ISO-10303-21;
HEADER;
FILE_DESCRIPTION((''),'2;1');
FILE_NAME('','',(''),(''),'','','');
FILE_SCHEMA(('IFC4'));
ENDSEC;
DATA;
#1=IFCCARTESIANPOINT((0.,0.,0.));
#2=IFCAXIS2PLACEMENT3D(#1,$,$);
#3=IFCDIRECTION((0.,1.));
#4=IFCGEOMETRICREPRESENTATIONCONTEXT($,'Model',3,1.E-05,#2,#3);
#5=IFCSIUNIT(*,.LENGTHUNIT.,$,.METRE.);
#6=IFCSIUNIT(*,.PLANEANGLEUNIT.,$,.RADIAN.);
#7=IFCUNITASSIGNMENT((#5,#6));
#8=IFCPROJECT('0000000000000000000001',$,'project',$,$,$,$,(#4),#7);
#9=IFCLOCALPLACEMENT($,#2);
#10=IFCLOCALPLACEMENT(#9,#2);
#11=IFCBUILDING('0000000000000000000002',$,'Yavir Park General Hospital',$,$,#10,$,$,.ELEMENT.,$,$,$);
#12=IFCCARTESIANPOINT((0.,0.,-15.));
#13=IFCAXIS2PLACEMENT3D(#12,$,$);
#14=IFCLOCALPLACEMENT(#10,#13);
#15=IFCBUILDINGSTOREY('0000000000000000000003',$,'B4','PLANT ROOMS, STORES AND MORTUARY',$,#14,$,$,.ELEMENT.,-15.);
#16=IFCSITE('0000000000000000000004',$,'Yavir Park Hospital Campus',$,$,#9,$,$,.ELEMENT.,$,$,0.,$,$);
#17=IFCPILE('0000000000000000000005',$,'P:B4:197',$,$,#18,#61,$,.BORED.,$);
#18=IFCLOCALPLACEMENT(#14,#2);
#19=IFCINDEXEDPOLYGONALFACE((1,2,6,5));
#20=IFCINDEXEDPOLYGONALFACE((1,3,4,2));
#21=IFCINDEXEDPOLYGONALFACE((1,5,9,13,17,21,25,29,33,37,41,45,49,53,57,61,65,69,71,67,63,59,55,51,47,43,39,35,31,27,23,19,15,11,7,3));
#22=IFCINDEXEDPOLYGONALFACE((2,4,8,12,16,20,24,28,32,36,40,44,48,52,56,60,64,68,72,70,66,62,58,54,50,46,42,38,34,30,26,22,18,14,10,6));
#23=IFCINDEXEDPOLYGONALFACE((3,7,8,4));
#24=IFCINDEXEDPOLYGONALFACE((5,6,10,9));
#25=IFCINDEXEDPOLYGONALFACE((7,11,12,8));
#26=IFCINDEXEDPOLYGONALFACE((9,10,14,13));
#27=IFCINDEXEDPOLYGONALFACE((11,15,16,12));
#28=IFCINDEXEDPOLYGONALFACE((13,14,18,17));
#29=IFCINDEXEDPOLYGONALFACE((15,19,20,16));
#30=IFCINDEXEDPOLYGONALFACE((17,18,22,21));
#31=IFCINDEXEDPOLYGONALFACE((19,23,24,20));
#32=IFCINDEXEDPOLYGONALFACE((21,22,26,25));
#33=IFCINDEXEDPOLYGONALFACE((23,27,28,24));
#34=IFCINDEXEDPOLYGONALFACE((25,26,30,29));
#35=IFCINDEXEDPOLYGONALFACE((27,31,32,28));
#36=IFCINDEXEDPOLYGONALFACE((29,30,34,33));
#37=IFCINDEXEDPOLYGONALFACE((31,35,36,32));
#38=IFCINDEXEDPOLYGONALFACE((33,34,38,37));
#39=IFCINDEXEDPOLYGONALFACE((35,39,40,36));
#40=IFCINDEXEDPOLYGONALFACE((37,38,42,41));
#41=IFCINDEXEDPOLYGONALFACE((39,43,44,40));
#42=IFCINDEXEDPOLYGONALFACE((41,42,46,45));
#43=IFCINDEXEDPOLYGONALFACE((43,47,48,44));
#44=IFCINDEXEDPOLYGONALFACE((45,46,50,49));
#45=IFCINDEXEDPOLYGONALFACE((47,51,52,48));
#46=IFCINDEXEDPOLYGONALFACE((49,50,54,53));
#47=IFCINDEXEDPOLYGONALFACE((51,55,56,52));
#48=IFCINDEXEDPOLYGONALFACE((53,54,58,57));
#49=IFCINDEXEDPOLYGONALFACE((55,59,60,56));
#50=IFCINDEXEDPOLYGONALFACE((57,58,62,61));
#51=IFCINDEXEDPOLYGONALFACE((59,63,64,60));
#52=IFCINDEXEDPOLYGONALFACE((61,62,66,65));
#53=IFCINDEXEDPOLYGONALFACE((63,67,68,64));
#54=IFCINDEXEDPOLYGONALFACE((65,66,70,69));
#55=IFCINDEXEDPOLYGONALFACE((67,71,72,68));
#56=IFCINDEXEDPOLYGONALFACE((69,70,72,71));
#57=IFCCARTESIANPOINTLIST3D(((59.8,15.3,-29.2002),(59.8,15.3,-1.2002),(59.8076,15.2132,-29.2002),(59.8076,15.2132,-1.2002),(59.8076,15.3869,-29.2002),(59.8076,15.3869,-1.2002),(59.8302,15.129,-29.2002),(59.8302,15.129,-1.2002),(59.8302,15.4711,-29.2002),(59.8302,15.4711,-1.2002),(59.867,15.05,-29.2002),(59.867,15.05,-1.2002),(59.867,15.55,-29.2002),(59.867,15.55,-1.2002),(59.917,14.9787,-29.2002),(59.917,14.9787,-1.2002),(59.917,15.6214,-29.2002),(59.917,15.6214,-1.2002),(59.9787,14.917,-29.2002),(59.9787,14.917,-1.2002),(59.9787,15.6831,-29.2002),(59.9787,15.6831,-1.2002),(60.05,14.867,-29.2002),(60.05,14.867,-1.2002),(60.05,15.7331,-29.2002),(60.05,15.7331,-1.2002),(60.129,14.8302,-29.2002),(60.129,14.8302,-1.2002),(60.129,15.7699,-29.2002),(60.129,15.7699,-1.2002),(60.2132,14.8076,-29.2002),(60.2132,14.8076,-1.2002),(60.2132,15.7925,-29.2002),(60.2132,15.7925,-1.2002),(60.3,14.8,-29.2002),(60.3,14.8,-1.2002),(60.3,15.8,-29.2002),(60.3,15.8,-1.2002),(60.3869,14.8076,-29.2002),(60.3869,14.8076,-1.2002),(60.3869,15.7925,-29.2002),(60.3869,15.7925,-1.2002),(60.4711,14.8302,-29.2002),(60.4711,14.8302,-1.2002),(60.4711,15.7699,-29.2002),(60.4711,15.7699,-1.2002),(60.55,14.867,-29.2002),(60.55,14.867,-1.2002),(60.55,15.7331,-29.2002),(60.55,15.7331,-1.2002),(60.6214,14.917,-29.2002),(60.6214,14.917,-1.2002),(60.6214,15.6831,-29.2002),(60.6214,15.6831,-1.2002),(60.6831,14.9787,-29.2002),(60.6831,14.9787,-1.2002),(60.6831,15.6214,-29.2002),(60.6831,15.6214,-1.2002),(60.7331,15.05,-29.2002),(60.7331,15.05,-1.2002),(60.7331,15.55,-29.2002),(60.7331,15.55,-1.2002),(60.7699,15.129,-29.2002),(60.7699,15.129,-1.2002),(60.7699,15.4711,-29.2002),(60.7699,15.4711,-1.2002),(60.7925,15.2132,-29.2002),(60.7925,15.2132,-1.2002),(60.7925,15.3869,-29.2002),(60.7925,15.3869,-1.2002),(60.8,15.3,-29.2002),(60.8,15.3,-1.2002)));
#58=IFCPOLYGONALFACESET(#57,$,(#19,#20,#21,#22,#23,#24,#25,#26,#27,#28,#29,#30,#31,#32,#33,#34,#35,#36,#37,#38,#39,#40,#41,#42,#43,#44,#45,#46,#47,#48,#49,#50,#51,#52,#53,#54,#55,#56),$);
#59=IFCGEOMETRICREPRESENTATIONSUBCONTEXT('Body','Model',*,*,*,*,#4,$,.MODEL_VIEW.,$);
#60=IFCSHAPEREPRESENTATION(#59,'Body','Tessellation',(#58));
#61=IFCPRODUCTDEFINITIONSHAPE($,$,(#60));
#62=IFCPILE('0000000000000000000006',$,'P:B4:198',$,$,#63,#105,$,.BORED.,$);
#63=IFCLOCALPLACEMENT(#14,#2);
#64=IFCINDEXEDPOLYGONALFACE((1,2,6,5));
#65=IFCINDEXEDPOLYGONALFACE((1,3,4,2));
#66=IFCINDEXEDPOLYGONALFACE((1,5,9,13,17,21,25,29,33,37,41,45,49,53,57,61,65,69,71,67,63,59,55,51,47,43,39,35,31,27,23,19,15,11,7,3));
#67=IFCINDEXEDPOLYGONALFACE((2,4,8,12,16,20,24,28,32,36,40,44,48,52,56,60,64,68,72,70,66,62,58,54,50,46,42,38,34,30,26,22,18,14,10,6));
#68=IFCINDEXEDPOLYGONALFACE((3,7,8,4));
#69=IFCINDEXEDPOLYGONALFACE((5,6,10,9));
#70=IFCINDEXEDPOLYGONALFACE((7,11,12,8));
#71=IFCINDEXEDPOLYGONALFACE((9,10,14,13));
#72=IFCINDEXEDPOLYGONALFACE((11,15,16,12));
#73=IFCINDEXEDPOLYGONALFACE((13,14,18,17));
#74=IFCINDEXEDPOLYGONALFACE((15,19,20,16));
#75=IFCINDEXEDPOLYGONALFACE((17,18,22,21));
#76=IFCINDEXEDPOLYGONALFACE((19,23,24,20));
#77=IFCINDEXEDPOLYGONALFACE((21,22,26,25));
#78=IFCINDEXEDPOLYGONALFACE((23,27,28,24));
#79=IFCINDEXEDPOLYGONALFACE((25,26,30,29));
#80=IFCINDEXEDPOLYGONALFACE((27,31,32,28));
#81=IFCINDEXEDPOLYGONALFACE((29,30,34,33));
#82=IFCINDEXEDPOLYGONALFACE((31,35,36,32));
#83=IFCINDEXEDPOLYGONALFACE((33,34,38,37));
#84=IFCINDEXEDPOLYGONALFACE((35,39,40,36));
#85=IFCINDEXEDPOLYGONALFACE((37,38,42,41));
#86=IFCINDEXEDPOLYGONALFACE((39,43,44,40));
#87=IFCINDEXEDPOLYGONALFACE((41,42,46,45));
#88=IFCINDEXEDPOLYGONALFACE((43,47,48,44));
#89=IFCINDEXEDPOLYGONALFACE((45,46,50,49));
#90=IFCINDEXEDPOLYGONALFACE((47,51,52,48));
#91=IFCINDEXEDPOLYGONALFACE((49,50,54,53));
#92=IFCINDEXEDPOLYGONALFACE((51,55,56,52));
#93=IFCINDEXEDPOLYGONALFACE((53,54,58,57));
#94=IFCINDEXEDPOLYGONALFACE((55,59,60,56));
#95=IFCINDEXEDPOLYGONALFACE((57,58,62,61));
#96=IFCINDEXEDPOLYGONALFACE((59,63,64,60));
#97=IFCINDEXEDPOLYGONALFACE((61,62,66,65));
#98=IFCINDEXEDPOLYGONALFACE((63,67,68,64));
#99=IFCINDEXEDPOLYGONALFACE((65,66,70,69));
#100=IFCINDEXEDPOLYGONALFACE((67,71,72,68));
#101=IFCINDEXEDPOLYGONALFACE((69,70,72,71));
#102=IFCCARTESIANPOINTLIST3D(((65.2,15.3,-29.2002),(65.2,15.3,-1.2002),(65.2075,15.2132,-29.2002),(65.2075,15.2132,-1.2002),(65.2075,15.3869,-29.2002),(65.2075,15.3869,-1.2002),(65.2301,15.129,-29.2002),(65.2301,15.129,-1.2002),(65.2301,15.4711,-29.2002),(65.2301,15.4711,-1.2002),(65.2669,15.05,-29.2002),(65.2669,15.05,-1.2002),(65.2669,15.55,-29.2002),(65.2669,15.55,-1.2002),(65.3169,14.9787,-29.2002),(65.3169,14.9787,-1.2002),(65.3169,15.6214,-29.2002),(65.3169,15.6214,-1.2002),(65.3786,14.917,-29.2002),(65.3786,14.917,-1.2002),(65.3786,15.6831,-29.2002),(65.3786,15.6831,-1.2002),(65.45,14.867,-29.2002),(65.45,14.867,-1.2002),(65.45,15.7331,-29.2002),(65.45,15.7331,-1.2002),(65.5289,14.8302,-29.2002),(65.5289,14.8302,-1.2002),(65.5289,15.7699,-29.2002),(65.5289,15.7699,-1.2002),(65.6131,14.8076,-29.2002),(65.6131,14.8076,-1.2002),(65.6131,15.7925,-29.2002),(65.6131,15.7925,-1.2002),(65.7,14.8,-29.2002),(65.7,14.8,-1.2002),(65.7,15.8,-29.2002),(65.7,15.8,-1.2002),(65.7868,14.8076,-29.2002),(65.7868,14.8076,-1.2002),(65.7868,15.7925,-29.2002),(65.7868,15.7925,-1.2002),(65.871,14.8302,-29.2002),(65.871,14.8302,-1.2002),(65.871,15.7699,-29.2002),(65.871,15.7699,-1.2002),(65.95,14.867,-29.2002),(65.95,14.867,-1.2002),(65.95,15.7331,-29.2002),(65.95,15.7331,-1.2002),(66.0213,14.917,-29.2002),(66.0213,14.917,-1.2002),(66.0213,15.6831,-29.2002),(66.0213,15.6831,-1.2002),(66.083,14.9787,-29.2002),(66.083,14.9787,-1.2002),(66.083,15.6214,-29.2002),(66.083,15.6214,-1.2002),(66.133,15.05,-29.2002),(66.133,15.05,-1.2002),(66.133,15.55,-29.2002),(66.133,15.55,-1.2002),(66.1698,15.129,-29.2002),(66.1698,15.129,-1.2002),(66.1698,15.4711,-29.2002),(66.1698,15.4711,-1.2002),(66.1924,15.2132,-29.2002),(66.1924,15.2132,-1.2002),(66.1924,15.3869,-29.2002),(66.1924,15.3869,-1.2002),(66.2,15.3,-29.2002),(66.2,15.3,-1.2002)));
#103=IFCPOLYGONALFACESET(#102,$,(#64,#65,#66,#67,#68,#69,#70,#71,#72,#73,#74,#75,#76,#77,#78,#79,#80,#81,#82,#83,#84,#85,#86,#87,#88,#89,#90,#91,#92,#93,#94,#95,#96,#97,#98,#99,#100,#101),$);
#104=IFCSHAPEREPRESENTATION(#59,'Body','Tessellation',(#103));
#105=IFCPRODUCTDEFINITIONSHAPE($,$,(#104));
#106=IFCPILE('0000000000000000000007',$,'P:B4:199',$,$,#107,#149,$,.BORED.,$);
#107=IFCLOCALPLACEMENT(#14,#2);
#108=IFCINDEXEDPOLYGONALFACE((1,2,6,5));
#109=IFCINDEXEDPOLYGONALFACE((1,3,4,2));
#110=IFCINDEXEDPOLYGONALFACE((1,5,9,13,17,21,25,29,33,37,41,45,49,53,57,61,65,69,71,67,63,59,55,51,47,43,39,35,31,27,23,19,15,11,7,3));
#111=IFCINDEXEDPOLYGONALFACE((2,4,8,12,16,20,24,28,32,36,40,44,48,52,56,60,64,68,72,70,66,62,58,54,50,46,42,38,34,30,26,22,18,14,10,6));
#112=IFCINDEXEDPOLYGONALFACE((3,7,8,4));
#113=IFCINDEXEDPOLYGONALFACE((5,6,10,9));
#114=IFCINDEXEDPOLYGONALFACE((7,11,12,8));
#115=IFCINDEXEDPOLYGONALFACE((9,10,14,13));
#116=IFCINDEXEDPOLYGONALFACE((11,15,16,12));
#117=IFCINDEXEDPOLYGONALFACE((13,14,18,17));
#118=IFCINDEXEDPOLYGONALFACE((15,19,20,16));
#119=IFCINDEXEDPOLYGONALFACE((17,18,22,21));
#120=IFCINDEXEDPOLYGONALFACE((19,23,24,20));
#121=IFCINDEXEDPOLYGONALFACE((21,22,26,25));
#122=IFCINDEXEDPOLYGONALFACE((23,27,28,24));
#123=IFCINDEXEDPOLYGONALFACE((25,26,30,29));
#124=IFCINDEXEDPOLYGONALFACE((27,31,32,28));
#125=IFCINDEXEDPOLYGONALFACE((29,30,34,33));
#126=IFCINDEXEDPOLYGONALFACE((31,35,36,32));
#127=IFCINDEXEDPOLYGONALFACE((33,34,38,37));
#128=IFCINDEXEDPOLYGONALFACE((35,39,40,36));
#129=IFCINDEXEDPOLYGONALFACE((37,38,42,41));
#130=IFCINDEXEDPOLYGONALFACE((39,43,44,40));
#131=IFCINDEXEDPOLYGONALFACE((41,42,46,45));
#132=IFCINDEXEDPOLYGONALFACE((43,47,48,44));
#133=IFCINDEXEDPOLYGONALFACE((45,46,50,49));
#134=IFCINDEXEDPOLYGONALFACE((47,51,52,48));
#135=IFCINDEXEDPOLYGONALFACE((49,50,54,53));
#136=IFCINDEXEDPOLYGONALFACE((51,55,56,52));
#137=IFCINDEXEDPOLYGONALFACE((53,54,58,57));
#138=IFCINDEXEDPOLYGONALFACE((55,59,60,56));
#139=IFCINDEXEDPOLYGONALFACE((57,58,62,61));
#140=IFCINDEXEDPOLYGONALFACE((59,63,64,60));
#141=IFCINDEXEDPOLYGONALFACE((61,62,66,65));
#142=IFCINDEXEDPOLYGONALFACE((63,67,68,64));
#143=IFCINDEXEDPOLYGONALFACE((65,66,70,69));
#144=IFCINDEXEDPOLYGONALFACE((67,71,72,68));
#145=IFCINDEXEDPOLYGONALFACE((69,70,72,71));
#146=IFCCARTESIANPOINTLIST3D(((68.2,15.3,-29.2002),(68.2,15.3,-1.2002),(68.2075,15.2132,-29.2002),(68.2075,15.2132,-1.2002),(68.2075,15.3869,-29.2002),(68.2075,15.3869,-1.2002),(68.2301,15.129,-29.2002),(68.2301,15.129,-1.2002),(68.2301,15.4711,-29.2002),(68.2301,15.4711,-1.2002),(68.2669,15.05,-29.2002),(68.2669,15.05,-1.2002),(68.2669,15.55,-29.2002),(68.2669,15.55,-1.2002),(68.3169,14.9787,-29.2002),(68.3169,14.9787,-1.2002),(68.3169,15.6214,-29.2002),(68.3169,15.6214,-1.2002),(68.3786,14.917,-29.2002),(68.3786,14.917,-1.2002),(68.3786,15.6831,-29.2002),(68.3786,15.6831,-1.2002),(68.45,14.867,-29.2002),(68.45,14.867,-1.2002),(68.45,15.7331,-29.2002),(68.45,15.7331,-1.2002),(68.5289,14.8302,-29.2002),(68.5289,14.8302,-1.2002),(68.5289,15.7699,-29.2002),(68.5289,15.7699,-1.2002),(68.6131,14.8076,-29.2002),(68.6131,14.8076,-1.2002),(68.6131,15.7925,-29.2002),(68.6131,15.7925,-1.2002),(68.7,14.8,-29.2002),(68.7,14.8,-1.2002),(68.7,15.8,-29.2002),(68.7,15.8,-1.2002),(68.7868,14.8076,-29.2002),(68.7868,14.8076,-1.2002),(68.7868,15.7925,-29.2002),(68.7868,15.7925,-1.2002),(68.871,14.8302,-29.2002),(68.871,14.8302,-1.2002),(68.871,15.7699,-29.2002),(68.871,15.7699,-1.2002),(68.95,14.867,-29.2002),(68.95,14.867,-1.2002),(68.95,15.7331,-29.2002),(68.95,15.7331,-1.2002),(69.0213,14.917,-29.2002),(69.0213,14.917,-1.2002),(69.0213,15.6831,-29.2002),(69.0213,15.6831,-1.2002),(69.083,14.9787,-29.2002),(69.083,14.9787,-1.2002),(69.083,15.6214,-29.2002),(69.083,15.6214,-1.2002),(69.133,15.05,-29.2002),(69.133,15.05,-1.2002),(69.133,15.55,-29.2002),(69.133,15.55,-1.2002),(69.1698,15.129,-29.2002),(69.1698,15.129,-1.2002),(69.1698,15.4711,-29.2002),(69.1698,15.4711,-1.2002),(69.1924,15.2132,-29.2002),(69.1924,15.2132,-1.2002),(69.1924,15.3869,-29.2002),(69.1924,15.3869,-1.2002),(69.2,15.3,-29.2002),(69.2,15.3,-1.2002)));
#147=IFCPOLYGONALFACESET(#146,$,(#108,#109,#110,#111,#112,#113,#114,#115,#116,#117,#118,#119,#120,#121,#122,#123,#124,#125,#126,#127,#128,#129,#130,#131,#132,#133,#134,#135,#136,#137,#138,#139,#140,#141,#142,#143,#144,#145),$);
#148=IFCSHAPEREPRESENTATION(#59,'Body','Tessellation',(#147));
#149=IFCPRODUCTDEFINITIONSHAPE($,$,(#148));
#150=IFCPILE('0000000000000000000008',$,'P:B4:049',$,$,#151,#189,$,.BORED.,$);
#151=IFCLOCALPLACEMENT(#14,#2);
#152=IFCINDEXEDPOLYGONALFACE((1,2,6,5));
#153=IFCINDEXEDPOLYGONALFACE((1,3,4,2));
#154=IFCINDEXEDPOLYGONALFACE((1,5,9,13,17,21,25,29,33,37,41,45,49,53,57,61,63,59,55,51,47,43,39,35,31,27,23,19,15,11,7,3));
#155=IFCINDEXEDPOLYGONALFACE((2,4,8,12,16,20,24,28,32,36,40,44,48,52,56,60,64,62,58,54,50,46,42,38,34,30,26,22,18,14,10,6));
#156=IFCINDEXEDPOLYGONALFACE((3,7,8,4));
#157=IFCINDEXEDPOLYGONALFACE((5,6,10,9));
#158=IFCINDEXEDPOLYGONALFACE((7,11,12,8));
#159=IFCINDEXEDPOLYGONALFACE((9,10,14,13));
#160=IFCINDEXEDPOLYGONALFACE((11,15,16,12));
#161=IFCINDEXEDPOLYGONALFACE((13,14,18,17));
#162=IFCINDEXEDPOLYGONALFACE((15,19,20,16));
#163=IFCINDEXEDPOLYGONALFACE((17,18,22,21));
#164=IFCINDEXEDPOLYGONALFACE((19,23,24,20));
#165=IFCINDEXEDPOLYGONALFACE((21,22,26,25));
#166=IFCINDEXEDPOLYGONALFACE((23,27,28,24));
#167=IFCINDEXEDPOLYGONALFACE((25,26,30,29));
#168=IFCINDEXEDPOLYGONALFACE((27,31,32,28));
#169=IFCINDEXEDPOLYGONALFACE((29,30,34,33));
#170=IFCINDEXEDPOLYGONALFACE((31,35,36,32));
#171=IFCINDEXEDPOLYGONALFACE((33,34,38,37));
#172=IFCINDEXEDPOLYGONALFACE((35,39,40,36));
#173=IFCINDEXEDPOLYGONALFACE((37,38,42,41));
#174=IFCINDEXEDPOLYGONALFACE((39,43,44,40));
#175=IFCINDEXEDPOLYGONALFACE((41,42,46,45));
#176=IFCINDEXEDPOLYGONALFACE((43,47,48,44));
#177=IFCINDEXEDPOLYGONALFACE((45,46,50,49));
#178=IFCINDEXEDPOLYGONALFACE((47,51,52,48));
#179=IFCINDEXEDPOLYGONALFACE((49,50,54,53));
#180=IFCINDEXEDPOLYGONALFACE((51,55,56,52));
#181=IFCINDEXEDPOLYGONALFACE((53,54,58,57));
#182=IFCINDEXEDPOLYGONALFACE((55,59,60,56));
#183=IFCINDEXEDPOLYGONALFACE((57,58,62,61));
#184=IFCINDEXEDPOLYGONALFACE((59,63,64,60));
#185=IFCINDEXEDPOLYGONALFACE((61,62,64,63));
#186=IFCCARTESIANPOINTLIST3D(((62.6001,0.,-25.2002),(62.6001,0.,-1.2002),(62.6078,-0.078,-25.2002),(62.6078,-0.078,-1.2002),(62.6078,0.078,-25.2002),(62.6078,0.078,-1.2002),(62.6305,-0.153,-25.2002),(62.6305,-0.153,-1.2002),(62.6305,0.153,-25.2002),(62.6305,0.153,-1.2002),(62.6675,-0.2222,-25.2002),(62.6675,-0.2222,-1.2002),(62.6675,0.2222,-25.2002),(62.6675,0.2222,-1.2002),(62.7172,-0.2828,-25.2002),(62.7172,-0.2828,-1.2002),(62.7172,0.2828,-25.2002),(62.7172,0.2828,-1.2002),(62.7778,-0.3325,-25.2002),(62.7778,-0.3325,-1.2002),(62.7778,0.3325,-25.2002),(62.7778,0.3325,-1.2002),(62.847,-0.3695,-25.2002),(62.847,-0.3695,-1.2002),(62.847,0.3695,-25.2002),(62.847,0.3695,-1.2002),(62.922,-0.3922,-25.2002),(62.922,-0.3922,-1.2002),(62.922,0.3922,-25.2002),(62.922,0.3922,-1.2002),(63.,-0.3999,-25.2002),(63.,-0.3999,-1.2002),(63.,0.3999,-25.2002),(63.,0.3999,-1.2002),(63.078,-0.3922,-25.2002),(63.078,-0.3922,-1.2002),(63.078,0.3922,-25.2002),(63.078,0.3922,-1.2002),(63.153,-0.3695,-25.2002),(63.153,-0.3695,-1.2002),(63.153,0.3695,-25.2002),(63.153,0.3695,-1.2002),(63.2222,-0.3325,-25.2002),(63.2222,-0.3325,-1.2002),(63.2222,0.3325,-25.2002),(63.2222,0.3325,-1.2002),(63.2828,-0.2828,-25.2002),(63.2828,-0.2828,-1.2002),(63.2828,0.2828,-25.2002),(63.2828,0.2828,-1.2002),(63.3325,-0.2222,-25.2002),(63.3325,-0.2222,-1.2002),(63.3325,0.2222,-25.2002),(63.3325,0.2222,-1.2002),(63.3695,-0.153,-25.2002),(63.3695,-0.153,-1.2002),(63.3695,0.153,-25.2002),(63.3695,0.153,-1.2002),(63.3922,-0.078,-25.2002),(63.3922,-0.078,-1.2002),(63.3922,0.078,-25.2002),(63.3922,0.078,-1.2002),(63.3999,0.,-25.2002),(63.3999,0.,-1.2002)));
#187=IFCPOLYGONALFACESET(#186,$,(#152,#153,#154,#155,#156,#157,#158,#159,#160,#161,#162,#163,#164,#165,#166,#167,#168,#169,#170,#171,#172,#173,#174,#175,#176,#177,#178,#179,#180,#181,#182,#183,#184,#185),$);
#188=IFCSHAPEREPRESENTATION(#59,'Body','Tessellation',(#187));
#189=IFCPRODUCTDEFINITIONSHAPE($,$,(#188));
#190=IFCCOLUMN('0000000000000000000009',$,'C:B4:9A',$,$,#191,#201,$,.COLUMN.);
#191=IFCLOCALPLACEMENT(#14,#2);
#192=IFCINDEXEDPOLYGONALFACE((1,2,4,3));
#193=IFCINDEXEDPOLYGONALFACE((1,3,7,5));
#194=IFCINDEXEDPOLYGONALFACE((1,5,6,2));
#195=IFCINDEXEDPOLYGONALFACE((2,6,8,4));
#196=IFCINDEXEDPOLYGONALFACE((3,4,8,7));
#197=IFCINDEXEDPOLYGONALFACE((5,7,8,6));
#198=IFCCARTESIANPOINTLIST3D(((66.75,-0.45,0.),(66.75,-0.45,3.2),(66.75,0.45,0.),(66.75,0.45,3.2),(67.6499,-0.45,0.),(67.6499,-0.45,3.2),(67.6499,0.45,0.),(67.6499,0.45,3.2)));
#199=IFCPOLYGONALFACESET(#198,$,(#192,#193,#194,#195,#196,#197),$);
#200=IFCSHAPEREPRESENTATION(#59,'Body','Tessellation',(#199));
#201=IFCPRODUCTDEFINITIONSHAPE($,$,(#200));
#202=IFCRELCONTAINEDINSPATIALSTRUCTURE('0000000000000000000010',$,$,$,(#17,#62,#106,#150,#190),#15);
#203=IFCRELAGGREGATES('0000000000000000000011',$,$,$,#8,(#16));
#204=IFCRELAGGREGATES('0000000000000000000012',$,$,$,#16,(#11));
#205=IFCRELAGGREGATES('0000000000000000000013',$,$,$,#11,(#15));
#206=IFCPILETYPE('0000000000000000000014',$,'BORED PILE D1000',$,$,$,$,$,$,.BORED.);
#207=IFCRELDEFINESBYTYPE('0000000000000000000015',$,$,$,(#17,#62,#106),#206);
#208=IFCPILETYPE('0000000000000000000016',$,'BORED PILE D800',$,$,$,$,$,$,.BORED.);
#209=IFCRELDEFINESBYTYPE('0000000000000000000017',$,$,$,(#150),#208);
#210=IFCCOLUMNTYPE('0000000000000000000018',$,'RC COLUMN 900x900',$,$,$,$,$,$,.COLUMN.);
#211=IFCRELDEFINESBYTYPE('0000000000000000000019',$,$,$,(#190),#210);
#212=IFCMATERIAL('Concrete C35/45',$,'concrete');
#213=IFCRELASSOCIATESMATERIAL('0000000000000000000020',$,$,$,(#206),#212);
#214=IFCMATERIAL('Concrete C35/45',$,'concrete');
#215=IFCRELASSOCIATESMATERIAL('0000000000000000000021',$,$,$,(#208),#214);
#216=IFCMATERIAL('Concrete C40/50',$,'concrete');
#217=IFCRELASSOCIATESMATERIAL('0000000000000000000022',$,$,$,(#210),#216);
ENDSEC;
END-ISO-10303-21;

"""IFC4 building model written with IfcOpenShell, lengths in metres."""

from ifc_helpers import new_model, si_unit, direction, frame, origin, origin_2d, place, context, subcontext, project, spatial, rectangle, circle, extrude, material, material_profile, profile_set, type_object, element, save


model = new_model("IFC4")

# Units and contexts
model_context = context("Model", 3, precision=1e-05, world=origin(), true_north=direction((0.0, 1.0)))
body_context = subcontext(model_context, "Body", "Model", "MODEL_VIEW")
ifc_project = project(units=[si_unit("LENGTHUNIT", "METRE"), si_unit("PLANEANGLEUNIT", "RADIAN")], contexts=[model_context])

# Site, building, storey
site_placement = place(None, origin())
site = spatial("IfcSite", under=ifc_project, at=site_placement, Name="Yavir Park Hospital Campus", CompositionType="ELEMENT", RefElevation=0.0)
building_placement = place(site_placement, origin())
building = spatial("IfcBuilding", under=site, at=building_placement, Name="Yavir Park General Hospital", CompositionType="ELEMENT")
storey_placement = place(building_placement, frame((0.0, 0.0, -15.0)))
storey = spatial("IfcBuildingStorey", under=building, at=storey_placement, Name="B4", Description="PLANT ROOMS, STORES AND MORTUARY", CompositionType="ELEMENT", Elevation=-15.0)

# Piles
ifc_material_1 = material(Name="Concrete C35/45", Category="concrete")
ifc_material_profile_1 = material_profile(ifc_material_1, circle(Radius=0.5, at=origin_2d()), Name="D1000")
ifc_profile_set_1 = profile_set([ifc_material_profile_1], Name="Concrete C35/45")
pile_type_1 = type_object("IfcPileType", Name="BORED PILE D1000", PredefinedType="BORED", material=ifc_profile_set_1)
for number, where, z_axis, x_axis, name in (
    (1, (60.3, 15.3, -1.2002), (0.0, 0.0, -1.0), (1.0, 0.0, 0.0), "P:B4:197"),
    (2, (65.7, 15.3, -1.2002), (0.0, 0.0, -1.0), (1.0, 0.0, 0.0), "P:B4:198"),
    (3, (68.7, 15.3, -1.2002), (0.0, 0.0, -1.0), (1.0, 0.0, 0.0), "P:B4:199"),
):
    element("IfcPile", number, at=place(storey_placement, frame(where, z_axis=z_axis, x_axis=x_axis)), inside=storey, type_object=pile_type_1, Name=name, PredefinedType="BORED", context=body_context, shape_type="SweptSolid", body=[
        extrude(circle(Radius=0.5, at=origin_2d()), origin(), (0.0, 0.0, 1.0), 28.0),
    ])
ifc_material_2 = material(Name="Concrete C35/45", Category="concrete")
ifc_material_profile_2 = material_profile(ifc_material_2, circle(Radius=0.3999, at=origin_2d()), Name="D800")
ifc_profile_set_2 = profile_set([ifc_material_profile_2], Name="Concrete C35/45")
pile_type_2 = type_object("IfcPileType", Name="BORED PILE D800", PredefinedType="BORED", material=ifc_profile_set_2)
pile_placement = place(storey_placement, frame((63.0, 0.0, -1.2002), z_axis=(0.0, 0.0, -1.0), x_axis=(1.0, 0.0, 0.0)))
element("IfcPile", 4, at=pile_placement, inside=storey, type_object=pile_type_2, Name="P:B4:049", PredefinedType="BORED", context=body_context, shape_type="SweptSolid", body=[
    extrude(circle(Radius=0.3999, at=origin_2d()), origin(), (0.0, 0.0, 1.0), 24.0),
])

# Column
ifc_material_3 = material(Name="Concrete C40/50", Category="concrete")
ifc_material_profile_3 = material_profile(ifc_material_3, rectangle(XDim=0.8999, YDim=0.8999, at=origin_2d()), Name="RC900x900")
ifc_profile_set_3 = profile_set([ifc_material_profile_3], Name="Concrete C40/50")
column_type = type_object("IfcColumnType", Name="RC COLUMN 900x900", PredefinedType="COLUMN", material=ifc_profile_set_3)
for number, where, z_axis, x_axis, name in (
    (5, (67.2, 0.0, 0.0), (0.0, 0.0, 1.0), (1.0, 0.0, 0.0), "C:B4:9A"),
):
    element("IfcColumn", number, at=place(storey_placement, frame(where, z_axis=z_axis, x_axis=x_axis)), inside=storey, type_object=column_type, Name=name, PredefinedType="COLUMN", context=body_context, shape_type="SweptSolid", body=[
        extrude(rectangle(XDim=0.8999, YDim=0.8999, at=origin_2d()), origin(), (0.0, 0.0, 1.0), 3.2),
    ])

save(model, "model.ifc")
